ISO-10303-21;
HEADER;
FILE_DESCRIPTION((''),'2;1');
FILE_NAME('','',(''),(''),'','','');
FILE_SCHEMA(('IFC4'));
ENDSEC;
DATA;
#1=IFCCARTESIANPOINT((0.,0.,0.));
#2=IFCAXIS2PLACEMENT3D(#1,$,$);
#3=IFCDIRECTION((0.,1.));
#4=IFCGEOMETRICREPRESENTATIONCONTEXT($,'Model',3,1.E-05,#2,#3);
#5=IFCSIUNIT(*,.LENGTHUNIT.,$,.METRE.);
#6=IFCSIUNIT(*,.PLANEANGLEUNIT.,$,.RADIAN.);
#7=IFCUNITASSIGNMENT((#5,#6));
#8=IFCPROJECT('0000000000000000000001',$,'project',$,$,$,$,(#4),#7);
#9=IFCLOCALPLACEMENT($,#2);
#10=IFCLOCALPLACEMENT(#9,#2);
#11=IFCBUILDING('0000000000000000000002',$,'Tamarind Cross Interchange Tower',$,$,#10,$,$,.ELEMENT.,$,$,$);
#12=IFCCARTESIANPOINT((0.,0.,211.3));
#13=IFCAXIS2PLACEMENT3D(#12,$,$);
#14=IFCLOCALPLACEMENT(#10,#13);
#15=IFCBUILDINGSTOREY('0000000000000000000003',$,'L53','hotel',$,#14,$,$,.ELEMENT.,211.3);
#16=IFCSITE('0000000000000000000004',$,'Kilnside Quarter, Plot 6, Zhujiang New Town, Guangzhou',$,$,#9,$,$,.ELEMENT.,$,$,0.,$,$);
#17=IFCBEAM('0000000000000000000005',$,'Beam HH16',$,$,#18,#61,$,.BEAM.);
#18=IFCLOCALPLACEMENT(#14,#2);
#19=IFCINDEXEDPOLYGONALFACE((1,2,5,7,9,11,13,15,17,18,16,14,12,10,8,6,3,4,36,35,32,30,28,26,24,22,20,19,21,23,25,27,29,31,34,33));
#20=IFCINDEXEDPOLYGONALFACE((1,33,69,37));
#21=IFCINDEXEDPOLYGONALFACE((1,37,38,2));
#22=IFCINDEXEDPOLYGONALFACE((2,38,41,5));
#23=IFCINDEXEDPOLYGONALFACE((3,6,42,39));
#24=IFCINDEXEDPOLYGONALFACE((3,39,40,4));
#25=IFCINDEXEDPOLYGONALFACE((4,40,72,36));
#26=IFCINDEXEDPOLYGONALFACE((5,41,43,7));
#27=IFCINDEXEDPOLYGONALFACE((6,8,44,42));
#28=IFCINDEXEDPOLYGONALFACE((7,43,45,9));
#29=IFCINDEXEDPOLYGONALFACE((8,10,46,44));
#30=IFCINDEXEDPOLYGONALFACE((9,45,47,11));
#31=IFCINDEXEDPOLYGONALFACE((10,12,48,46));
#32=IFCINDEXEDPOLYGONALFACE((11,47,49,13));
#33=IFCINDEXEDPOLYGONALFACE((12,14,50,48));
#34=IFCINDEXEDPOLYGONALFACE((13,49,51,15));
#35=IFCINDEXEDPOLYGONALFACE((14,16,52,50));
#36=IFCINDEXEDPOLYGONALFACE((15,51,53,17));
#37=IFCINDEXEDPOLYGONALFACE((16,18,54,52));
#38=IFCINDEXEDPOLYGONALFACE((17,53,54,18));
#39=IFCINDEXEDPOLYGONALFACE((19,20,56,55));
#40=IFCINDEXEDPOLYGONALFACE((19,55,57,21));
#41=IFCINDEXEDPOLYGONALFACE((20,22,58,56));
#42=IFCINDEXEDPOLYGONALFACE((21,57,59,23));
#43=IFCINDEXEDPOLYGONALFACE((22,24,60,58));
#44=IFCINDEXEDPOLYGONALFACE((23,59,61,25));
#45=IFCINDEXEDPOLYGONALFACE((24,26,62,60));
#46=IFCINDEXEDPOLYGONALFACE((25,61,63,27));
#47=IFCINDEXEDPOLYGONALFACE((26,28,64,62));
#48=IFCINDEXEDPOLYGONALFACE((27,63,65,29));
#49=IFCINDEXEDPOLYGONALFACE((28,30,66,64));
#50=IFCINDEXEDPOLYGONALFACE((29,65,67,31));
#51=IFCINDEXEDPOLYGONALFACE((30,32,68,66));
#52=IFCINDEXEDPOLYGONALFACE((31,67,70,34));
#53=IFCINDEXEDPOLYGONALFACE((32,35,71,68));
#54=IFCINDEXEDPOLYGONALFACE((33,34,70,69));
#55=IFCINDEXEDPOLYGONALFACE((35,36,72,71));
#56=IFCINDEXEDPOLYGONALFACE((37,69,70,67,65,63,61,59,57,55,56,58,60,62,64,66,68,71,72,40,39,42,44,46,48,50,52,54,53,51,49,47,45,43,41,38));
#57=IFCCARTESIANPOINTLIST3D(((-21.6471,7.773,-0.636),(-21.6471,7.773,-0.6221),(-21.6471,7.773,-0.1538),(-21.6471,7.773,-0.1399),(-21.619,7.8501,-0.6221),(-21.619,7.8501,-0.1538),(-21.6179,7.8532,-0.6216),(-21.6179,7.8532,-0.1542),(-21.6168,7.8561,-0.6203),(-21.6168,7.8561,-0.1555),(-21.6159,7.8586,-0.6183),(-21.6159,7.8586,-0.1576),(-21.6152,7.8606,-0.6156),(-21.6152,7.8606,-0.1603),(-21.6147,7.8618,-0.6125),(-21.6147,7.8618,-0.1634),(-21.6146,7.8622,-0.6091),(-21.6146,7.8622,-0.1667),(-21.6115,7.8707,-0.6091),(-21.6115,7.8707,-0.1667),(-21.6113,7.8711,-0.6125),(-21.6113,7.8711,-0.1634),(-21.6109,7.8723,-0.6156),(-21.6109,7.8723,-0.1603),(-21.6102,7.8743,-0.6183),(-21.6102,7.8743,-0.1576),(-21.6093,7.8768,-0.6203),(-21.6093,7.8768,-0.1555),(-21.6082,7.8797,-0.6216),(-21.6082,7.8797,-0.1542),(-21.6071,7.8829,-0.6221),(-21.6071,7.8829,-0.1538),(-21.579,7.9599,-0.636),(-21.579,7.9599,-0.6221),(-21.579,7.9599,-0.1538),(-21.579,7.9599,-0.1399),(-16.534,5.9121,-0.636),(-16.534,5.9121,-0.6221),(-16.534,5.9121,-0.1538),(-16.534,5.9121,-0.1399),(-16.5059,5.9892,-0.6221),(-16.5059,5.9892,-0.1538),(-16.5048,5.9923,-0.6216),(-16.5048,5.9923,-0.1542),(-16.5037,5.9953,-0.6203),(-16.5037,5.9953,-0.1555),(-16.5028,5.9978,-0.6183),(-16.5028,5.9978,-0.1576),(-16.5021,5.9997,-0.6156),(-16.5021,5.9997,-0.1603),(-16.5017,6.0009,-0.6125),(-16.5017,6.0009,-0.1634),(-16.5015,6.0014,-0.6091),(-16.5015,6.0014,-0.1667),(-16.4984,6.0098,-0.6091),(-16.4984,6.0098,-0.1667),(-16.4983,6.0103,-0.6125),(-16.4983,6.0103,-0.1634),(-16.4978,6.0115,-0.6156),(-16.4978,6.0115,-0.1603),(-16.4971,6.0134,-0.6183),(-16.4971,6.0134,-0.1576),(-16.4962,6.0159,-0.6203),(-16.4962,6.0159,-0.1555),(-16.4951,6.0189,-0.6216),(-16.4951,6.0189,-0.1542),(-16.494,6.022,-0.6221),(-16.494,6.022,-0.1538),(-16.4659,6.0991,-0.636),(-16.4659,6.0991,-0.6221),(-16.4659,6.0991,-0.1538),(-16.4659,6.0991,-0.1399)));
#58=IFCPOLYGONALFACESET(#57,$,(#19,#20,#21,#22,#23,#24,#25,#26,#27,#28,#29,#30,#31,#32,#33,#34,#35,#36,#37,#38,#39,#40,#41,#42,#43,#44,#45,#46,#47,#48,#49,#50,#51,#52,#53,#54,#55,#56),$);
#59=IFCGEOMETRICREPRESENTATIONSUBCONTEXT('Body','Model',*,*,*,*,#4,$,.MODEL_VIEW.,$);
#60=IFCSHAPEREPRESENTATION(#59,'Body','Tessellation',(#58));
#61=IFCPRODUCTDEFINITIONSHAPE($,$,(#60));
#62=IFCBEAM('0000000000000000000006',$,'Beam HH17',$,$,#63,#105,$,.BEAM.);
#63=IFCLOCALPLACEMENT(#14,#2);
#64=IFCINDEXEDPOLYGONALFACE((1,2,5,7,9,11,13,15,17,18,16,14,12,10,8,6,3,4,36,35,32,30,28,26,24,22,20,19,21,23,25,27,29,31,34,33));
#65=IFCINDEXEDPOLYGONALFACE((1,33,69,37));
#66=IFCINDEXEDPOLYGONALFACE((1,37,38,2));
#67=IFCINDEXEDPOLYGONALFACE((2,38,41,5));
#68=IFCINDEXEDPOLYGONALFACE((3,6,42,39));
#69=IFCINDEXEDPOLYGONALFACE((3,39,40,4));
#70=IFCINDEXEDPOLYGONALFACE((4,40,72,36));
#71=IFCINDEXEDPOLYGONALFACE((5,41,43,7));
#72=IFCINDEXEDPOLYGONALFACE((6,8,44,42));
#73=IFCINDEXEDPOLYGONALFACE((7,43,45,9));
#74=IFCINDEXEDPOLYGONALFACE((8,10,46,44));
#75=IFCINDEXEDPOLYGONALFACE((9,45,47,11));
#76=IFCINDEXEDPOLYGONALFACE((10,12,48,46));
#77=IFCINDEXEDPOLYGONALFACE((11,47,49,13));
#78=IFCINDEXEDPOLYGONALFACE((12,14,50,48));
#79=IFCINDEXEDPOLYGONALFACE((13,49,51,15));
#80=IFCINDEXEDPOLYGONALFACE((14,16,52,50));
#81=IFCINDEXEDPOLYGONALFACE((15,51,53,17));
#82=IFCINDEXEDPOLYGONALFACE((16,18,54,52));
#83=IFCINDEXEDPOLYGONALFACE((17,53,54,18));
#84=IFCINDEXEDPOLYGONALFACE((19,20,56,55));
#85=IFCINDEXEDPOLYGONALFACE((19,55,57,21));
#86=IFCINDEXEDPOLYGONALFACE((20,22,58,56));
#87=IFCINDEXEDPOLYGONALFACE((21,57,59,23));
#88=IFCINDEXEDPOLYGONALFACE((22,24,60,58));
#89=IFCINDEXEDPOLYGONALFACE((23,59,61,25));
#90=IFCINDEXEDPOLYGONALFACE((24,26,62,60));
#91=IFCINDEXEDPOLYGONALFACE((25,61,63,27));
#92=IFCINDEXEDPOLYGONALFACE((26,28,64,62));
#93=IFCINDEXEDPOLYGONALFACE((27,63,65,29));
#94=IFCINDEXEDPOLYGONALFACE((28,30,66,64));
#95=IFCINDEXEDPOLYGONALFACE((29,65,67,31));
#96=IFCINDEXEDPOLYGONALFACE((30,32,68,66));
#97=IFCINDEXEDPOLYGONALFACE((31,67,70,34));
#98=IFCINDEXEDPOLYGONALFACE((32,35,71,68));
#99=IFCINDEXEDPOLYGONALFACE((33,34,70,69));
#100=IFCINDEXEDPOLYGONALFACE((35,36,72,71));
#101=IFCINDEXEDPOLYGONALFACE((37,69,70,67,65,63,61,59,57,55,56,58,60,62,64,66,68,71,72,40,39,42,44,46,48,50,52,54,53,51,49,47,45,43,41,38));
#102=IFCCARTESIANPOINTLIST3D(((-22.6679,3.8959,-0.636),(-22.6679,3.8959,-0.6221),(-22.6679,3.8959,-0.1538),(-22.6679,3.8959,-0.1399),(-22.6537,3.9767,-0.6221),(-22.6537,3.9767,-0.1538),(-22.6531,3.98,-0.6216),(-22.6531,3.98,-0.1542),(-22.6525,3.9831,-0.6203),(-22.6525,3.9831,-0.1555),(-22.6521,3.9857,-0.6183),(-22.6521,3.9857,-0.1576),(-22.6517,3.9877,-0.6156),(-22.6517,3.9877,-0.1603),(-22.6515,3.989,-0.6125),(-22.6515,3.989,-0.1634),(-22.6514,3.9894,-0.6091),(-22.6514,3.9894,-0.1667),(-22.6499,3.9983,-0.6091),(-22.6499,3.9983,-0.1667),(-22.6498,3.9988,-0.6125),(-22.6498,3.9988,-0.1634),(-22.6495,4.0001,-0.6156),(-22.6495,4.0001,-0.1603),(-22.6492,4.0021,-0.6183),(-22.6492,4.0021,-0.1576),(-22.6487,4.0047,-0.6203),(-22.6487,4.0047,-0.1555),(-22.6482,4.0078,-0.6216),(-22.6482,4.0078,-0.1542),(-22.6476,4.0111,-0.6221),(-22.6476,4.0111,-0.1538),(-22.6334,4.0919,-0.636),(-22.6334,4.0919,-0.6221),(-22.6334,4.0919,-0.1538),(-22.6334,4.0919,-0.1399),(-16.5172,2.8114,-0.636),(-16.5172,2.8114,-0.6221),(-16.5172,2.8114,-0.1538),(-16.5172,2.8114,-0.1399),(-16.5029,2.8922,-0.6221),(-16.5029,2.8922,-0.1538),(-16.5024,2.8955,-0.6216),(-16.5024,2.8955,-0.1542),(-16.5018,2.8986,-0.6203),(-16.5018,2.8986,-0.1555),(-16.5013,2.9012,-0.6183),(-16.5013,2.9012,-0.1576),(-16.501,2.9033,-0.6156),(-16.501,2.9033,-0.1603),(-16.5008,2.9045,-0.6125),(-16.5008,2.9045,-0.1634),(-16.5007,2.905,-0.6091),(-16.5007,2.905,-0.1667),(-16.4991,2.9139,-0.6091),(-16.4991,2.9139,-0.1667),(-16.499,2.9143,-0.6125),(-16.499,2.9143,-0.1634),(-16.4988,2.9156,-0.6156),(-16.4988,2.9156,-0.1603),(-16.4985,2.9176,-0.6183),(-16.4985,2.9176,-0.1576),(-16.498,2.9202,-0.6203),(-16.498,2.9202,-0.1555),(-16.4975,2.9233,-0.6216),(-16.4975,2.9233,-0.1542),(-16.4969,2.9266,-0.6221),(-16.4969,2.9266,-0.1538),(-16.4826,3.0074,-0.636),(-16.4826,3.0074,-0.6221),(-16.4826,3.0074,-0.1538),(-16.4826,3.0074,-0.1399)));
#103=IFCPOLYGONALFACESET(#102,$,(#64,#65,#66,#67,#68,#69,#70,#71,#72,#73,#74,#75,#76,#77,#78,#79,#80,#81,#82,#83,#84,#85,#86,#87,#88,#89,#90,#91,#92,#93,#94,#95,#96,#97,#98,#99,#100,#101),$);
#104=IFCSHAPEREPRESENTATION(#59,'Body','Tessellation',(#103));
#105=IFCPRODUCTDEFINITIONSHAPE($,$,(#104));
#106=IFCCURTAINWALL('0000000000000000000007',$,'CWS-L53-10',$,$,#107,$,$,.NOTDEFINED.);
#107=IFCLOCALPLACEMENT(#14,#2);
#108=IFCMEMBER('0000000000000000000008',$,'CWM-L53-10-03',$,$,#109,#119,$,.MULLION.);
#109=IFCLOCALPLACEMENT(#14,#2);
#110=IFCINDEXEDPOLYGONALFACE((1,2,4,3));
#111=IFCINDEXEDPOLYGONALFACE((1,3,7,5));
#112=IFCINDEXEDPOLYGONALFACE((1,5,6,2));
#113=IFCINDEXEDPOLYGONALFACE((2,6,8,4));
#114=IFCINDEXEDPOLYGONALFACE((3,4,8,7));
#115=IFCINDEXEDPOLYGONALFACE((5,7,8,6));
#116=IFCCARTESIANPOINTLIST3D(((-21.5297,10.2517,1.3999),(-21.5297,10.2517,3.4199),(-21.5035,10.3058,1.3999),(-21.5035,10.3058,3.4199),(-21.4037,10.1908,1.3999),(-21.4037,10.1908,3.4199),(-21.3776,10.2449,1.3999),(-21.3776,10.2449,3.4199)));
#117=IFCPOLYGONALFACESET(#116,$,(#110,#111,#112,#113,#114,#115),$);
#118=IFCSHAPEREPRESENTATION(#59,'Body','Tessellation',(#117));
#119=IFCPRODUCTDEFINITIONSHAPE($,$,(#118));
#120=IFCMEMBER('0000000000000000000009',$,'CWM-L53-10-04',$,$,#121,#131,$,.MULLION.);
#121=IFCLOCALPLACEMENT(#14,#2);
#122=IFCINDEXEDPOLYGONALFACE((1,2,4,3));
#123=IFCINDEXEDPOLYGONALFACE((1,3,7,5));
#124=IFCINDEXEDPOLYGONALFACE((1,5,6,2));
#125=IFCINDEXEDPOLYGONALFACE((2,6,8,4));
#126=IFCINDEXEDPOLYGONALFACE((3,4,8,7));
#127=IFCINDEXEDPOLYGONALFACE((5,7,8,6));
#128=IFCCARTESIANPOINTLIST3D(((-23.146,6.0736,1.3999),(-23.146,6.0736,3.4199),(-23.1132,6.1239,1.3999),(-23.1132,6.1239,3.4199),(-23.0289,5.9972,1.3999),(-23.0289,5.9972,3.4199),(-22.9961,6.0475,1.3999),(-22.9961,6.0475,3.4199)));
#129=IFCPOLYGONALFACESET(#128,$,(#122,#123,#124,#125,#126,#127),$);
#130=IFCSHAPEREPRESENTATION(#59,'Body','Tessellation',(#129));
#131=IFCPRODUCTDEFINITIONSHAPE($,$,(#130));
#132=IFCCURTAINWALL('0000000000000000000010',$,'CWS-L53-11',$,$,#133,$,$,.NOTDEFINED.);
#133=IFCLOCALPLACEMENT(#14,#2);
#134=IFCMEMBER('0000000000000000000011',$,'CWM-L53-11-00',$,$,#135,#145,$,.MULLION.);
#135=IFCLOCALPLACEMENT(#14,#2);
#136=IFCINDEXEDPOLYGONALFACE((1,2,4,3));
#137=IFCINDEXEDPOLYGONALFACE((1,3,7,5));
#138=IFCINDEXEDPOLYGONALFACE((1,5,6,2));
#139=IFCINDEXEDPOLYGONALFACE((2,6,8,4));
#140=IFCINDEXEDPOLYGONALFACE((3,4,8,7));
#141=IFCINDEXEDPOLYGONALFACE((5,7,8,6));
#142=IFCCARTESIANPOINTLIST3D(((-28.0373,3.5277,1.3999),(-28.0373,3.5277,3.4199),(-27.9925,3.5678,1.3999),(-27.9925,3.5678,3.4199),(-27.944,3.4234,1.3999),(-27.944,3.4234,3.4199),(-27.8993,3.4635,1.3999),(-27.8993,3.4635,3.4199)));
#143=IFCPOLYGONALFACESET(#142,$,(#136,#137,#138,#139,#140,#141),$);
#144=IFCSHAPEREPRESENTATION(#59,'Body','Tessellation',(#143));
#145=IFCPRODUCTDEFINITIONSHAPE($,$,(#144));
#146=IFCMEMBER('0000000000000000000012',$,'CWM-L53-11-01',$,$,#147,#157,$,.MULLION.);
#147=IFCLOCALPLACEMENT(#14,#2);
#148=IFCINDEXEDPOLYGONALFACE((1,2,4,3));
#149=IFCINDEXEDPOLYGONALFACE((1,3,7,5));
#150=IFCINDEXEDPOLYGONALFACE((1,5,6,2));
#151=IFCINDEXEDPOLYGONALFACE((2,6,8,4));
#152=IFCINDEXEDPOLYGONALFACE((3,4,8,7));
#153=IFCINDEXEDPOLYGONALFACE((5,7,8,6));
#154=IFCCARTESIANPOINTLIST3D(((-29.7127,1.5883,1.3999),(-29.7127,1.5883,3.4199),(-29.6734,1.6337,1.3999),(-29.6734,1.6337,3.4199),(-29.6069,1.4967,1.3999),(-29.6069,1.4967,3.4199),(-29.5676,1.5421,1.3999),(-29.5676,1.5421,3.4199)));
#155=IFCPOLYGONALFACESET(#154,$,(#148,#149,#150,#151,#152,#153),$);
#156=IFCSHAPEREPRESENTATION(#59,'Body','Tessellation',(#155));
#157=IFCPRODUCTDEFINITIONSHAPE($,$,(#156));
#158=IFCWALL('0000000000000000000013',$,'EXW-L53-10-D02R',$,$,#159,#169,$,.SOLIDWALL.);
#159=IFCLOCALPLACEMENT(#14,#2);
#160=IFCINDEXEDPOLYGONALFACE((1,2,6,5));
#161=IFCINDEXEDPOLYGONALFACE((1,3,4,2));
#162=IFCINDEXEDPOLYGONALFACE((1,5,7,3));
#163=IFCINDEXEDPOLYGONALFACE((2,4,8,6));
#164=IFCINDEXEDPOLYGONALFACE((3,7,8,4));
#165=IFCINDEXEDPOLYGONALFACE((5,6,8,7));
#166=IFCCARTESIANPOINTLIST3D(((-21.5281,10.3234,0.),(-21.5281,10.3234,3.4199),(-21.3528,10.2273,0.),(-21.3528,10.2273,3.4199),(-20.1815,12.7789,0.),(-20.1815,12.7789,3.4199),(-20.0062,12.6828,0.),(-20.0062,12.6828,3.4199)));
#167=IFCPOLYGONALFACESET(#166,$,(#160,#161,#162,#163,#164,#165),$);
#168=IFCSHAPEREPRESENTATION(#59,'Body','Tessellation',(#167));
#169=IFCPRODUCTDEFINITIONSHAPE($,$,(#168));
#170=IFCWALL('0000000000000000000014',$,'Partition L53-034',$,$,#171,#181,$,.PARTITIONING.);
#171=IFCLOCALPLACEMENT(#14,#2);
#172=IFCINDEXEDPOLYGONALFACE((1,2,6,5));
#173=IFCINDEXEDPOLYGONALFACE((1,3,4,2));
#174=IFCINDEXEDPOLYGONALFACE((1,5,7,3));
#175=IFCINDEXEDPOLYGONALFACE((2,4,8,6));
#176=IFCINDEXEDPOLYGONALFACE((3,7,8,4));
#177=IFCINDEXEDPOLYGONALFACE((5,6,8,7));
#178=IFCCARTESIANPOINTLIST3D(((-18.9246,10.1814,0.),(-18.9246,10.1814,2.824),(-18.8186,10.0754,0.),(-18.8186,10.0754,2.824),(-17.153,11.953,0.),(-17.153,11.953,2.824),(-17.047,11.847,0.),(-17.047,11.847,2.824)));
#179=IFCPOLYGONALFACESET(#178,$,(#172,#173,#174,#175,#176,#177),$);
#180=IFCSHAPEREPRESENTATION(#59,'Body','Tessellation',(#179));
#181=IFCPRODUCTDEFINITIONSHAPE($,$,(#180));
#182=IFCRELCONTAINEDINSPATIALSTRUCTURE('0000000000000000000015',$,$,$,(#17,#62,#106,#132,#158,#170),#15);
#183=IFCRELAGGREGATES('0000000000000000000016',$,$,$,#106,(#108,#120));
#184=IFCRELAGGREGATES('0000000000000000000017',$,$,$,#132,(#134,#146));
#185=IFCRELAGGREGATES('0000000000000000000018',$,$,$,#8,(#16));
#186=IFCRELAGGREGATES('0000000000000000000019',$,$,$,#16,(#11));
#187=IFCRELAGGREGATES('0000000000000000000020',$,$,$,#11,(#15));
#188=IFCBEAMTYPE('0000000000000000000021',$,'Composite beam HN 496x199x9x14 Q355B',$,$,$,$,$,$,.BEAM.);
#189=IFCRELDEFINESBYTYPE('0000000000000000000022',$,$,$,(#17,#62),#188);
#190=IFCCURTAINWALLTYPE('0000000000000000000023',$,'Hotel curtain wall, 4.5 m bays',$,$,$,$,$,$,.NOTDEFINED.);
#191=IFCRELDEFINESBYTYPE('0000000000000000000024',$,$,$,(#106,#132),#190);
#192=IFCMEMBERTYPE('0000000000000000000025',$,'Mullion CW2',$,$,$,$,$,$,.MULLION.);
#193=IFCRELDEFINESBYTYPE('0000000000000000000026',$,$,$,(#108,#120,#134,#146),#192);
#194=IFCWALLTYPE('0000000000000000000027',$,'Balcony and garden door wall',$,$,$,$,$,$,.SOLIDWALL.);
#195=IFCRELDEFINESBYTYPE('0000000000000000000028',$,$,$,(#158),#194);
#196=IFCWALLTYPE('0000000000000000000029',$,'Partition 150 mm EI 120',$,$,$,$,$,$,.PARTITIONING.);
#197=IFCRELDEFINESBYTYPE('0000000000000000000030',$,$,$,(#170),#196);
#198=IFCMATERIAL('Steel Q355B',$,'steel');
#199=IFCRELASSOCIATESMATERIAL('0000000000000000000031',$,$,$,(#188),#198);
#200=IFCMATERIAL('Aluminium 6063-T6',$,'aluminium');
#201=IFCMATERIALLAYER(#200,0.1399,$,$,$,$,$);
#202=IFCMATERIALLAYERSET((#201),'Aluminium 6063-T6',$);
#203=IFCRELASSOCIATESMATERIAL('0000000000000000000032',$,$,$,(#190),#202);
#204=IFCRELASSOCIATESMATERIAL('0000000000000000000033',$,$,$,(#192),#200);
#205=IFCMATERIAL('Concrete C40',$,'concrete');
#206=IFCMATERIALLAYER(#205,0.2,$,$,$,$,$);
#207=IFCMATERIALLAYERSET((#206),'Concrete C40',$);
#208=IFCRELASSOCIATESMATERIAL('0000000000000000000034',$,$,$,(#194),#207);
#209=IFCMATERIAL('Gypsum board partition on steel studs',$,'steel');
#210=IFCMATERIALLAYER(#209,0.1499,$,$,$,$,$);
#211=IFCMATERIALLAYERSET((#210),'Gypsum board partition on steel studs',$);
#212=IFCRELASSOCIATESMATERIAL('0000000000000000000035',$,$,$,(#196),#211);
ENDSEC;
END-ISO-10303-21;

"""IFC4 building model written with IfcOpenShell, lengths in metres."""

from ifc_helpers import new_model, si_unit, direction, frame, frame_2d, origin, origin_2d, place, context, subcontext, project, spatial, rectangle, i_section, extrude, material, layer, layer_set, material_profile, profile_set, type_object, element, aggregate, save


model = new_model("IFC4")

# Units and contexts
model_context = context("Model", 3, precision=1e-05, world=origin(), true_north=direction((0.0, 1.0)))
body_context = subcontext(model_context, "Body", "Model", "MODEL_VIEW")
ifc_project = project(units=[si_unit("LENGTHUNIT", "METRE"), si_unit("PLANEANGLEUNIT", "RADIAN")], contexts=[model_context])

# Site, building, storey
site_placement = place(None, origin())
site = spatial("IfcSite", under=ifc_project, at=site_placement, Name="Kilnside Quarter, Plot 6, Zhujiang New Town, Guangzhou", CompositionType="ELEMENT", RefElevation=0.0)
building_placement = place(site_placement, origin())
building = spatial("IfcBuilding", under=site, at=building_placement, Name="Tamarind Cross Interchange Tower", CompositionType="ELEMENT")
storey_placement = place(building_placement, frame((0.0, 0.0, 211.3)))
storey = spatial("IfcBuildingStorey", under=building, at=storey_placement, Name="L53", Description="hotel", CompositionType="ELEMENT", Elevation=211.3)

# Beams
ifc_material_1 = material(Name="Steel Q355B", Category="steel")
ifc_material_profile_1 = material_profile(ifc_material_1, i_section(OverallWidth=0.199, OverallDepth=0.4961, WebThickness=0.009, FlangeThickness=0.0139, FilletRadius=0.0129, at=origin_2d()), Name="HN 496x199x9x14")
ifc_profile_set_1 = profile_set([ifc_material_profile_1], Name="Steel Q355B")
beam_type = type_object("IfcBeamType", Name="Composite beam HN 496x199x9x14 Q355B", PredefinedType="BEAM", material=ifc_profile_set_1)
beam_1_placement = place(storey_placement, frame((-21.613, 7.8665, -0.3879), z_axis=(0.939702, -0.341995, 0.0), x_axis=(0.341995, 0.939702, 0.0)))
element("IfcBeam", 1, at=beam_1_placement, inside=storey, type_object=beam_type, Name="Beam HH16", PredefinedType="BEAM", context=body_context, shape_type="SweptSolid", body=[
    extrude(i_section(OverallWidth=0.199, OverallDepth=0.4961, WebThickness=0.009, FlangeThickness=0.0139, FilletRadius=0.0129, at=origin_2d()), origin(), (0.0, 0.0, 1.0), 5.4412),
])
beam_2_placement = place(storey_placement, frame((-22.6506, 3.9939, -0.3879), z_axis=(0.984809, -0.17364, 0.0), x_axis=(0.17364, 0.984809, 0.0)))
element("IfcBeam", 2, at=beam_2_placement, inside=storey, type_object=beam_type, Name="Beam HH17", PredefinedType="BEAM", context=body_context, shape_type="SweptSolid", body=[
    extrude(i_section(OverallWidth=0.199, OverallDepth=0.4961, WebThickness=0.009, FlangeThickness=0.0139, FilletRadius=0.0129, at=origin_2d()), origin(), (0.0, 0.0, 1.0), 6.2456),
])

# Curtain walls, members
ifc_material_2 = material(Name="Aluminium 6063-T6", Category="aluminium")
ifc_layer_1 = layer(ifc_material_2, 0.1399)
ifc_layer_set_1 = layer_set([ifc_layer_1], Name="Aluminium 6063-T6")
curtain_wall_type = type_object("IfcCurtainWallType", Name="Hotel curtain wall, 4.5 m bays", PredefinedType="NOTDEFINED", material=ifc_layer_set_1)
curtain_wall_1_placement = place(storey_placement, origin())
curtain_wall_1 = element("IfcCurtainWall", 3, at=curtain_wall_1_placement, inside=storey, type_object=curtain_wall_type, Name="CWS-L53-10", PredefinedType="NOTDEFINED")
ifc_material_profile_2 = material_profile(ifc_material_2, rectangle(XDim=0.0601, YDim=0.1399, at=origin_2d()), Name="Mullion CW2")
ifc_profile_set_2 = profile_set([ifc_material_profile_2], Name="Aluminium 6063-T6")
member_type = type_object("IfcMemberType", Name="Mullion CW2", PredefinedType="MULLION", material=ifc_profile_set_2)
member_1_placement = place(storey_placement, frame((-21.4536, 10.2483, 1.3999), z_axis=(0.0, 0.0, 1.0), x_axis=(-0.435326, -0.900273, 0.0)))
member_1 = element("IfcMember", 4, at=member_1_placement, type_object=member_type, Name="CWM-L53-10-03", PredefinedType="MULLION", context=body_context, shape_type="SweptSolid", body=[
    extrude(rectangle(XDim=0.0601, YDim=0.1399, at=origin_2d()), origin(), (0.0, 0.0, 1.0), 2.02),
])
member_2_placement = place(storey_placement, frame((-23.071, 6.0605, 1.3999), z_axis=(0.0, 0.0, 1.0), x_axis=(-0.546563, -0.837418, 0.0)))
member_2 = element("IfcMember", 5, at=member_2_placement, type_object=member_type, Name="CWM-L53-10-04", PredefinedType="MULLION", context=body_context, shape_type="SweptSolid", body=[
    extrude(rectangle(XDim=0.0601, YDim=0.1399, at=origin_2d()), origin(), (0.0, 0.0, 1.0), 2.02),
])
aggregate(curtain_wall_1, [member_1, member_2])
curtain_wall_2_placement = place(storey_placement, origin())
curtain_wall_2 = element("IfcCurtainWall", 6, at=curtain_wall_2_placement, inside=storey, type_object=curtain_wall_type, Name="CWS-L53-11", PredefinedType="NOTDEFINED")
member_3_placement = place(storey_placement, frame((-27.9683, 3.4956, 1.3999), z_axis=(0.0, 0.0, 1.0), x_axis=(-0.74548, -0.666528, 0.0)))
member_3 = element("IfcMember", 7, at=member_3_placement, type_object=member_type, Name="CWM-L53-11-00", PredefinedType="MULLION", context=body_context, shape_type="SweptSolid", body=[
    extrude(rectangle(XDim=0.0601, YDim=0.1399, at=origin_2d()), origin(), (0.0, 0.0, 1.0), 2.02),
])
member_4_placement = place(storey_placement, frame((-29.6401, 1.5652, 1.3999), z_axis=(0.0, 0.0, 1.0), x_axis=(-0.654667, -0.755917, 0.0)))
member_4 = element("IfcMember", 8, at=member_4_placement, type_object=member_type, Name="CWM-L53-11-01", PredefinedType="MULLION", context=body_context, shape_type="SweptSolid", body=[
    extrude(rectangle(XDim=0.0601, YDim=0.1399, at=origin_2d()), origin(), (0.0, 0.0, 1.0), 2.02),
])
aggregate(curtain_wall_2, [member_3, member_4])

# Wall
ifc_material_3 = material(Name="Concrete C40", Category="concrete")
ifc_layer_2 = layer(ifc_material_3, 0.2)
ifc_layer_set_2 = layer_set([ifc_layer_2], Name="Concrete C40")
wall_type_1 = type_object("IfcWallType", Name="Balcony and garden door wall", PredefinedType="SOLIDWALL", material=ifc_layer_set_2)
wall_1_placement = place(storey_placement, frame((-20.0938, 12.731, 0.0), z_axis=(0.0, 0.0, 1.0), x_axis=(-0.480854, -0.876801, 0.0)))
element("IfcWall", 9, at=wall_1_placement, inside=storey, type_object=wall_type_1, Name="EXW-L53-10-D02R", PredefinedType="SOLIDWALL", context=body_context, shape_type="SweptSolid", body=[
    extrude(rectangle(XDim=2.8005, YDim=0.2, at=frame_2d((1.4004, 0.0))), origin(), (0.0, 0.0, 1.0), 3.4199),
])

# Wall
ifc_material_4 = material(Name="Gypsum board partition on steel studs", Category="steel")
ifc_layer_3 = layer(ifc_material_4, 0.1499)
ifc_layer_set_3 = layer_set([ifc_layer_3], Name="Gypsum board partition on steel studs")
wall_type_2 = type_object("IfcWallType", Name="Partition 150 mm EI 120", PredefinedType="PARTITIONING", material=ifc_layer_set_3)
wall_2_placement = place(storey_placement, frame((-18.8716, 10.1284, 0.0), z_axis=(0.0, 0.0, 1.0), x_axis=(0.707107, 0.707107, 0.0)))
element("IfcWall", 10, at=wall_2_placement, inside=storey, type_object=wall_type_2, Name="Partition L53-034", PredefinedType="PARTITIONING", context=body_context, shape_type="SweptSolid", body=[
    extrude(rectangle(XDim=2.5054, YDim=0.1499, at=frame_2d((1.2527, 0.0))), origin(), (0.0, 0.0, 1.0), 2.824),
])

save(model, "model.ifc")
